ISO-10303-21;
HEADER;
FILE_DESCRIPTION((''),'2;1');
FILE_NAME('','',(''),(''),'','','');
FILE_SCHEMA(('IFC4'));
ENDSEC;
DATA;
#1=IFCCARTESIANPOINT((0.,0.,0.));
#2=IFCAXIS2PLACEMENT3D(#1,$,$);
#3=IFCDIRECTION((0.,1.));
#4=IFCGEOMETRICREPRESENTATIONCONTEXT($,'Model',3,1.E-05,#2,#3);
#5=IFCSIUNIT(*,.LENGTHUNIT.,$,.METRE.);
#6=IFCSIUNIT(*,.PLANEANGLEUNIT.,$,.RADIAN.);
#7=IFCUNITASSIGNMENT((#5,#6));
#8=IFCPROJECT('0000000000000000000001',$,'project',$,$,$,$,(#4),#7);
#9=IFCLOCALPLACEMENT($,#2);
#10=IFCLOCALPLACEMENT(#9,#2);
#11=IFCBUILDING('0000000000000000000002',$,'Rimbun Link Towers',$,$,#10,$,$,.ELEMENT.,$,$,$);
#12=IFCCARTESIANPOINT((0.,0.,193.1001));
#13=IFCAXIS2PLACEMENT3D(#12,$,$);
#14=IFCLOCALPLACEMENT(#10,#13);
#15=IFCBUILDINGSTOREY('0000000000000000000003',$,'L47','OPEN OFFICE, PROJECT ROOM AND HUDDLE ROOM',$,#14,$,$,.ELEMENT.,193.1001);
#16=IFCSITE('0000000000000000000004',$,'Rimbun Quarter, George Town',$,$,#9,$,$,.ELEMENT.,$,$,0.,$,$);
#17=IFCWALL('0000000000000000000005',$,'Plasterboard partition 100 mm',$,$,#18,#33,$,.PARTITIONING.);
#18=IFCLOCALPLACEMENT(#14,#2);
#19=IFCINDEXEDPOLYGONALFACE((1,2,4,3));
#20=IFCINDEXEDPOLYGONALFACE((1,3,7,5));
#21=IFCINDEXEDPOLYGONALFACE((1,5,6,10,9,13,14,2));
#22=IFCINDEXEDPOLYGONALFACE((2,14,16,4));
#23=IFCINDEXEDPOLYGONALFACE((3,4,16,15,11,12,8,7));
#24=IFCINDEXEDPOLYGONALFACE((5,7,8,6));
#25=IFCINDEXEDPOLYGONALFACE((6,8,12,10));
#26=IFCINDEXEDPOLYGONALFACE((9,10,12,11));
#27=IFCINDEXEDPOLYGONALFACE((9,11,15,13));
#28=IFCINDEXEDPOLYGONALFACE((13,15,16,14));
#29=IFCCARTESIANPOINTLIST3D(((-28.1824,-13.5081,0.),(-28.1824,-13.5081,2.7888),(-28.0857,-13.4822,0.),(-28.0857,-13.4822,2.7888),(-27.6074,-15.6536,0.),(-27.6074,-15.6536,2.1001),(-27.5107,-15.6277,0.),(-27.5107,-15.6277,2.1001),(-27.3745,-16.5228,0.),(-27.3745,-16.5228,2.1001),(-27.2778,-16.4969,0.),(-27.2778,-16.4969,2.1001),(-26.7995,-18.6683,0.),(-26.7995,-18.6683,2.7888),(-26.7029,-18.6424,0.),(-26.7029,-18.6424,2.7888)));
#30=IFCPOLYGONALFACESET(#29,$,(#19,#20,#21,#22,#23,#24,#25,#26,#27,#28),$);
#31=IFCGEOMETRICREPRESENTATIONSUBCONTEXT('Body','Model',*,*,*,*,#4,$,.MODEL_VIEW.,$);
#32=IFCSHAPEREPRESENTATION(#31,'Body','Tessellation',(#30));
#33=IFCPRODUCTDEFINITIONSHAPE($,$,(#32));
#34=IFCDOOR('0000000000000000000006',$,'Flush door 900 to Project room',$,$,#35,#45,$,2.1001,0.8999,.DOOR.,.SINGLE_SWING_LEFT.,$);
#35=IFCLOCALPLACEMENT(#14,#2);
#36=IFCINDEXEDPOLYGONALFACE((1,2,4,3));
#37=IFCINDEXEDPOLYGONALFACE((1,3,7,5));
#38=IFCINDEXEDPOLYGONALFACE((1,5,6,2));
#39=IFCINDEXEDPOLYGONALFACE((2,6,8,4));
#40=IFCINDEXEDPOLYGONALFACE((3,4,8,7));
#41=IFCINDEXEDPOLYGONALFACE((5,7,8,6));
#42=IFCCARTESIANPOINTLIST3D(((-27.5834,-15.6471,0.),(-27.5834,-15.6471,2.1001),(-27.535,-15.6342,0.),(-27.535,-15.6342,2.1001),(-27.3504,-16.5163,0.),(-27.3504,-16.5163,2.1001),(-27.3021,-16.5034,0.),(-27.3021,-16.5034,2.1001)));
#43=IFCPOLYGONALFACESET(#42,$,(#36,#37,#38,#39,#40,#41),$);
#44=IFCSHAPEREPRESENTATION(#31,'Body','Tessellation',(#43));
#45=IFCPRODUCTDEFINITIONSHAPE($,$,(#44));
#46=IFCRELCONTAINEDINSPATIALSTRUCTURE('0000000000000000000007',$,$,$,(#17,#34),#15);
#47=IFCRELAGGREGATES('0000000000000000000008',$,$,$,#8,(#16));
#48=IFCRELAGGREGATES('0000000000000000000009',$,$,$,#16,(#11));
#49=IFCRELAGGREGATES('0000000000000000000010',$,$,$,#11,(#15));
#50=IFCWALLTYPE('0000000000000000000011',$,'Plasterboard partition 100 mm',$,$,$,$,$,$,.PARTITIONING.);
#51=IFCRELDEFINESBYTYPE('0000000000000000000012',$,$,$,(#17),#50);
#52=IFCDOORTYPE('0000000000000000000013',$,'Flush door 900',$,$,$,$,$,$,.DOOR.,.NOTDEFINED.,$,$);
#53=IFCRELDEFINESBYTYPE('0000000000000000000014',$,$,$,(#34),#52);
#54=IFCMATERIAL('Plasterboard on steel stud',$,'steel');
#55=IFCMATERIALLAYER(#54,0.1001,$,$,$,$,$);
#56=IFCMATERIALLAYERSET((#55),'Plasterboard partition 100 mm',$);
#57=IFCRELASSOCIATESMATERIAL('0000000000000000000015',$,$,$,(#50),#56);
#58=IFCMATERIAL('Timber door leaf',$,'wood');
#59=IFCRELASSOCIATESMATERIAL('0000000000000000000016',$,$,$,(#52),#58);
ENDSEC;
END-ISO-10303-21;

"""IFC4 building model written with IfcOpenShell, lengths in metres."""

from ifc_helpers import new_model, si_unit, direction, frame, frame_2d, origin, place, context, subcontext, project, spatial, rectangle, extrude, material, layer, layer_set, type_object, element, fill, save


model = new_model("IFC4")

# Units and contexts
model_context = context("Model", 3, precision=1e-05, world=origin(), true_north=direction((0.0, 1.0)))
body_context = subcontext(model_context, "Body", "Model", "MODEL_VIEW")
ifc_project = project(units=[si_unit("LENGTHUNIT", "METRE"), si_unit("PLANEANGLEUNIT", "RADIAN")], contexts=[model_context])

# Site, building, storey
site_placement = place(None, origin())
site = spatial("IfcSite", under=ifc_project, at=site_placement, Name="Rimbun Quarter, George Town", CompositionType="ELEMENT", RefElevation=0.0)
building_placement = place(site_placement, origin())
building = spatial("IfcBuilding", under=site, at=building_placement, Name="Rimbun Link Towers", CompositionType="ELEMENT")
storey_placement = place(building_placement, frame((0.0, 0.0, 193.1001)))
storey = spatial("IfcBuildingStorey", under=building, at=storey_placement, Name="L47", Description="OPEN OFFICE, PROJECT ROOM AND HUDDLE ROOM", CompositionType="ELEMENT", Elevation=193.1001)

# Shared definitions
ifc_material_1 = material(Name="Plasterboard on steel stud", Category="steel")
ifc_layer_1 = layer(ifc_material_1, 0.1001)
ifc_layer_set_1 = layer_set([ifc_layer_1], Name="Plasterboard partition 100 mm")
wall_type = type_object("IfcWallType", Name="Plasterboard partition 100 mm", PredefinedType="PARTITIONING", material=ifc_layer_set_1)
ifc_material_2 = material(Name="Timber door leaf", Category="wood")
door_type_1 = type_object("IfcDoorType", Name="Flush door 900", OperationType="NOTDEFINED", PredefinedType="DOOR", material=ifc_material_2)

# Wall, opening, door
wall_1_placement = place(storey_placement, frame((-28.134, -13.4951, 0.0), z_axis=(0.0, 0.0, 1.0), x_axis=(0.258846, -0.965919, 0.0)))
wall_1 = element("IfcWall", 1, at=wall_1_placement, inside=storey, type_object=wall_type, Name="Plasterboard partition 100 mm", PredefinedType="PARTITIONING", context=body_context, shape_type="SweptSolid", body=[
    extrude(rectangle(XDim=5.3423, YDim=0.1001, at=frame_2d((2.6711, 0.0))), origin(), (0.0, 0.0, 1.0), 2.7888),
])
opening_1_placement = place(wall_1_placement, frame((2.2212, 0.0, 0.0)))
opening_1 = element("IfcOpeningElement", 2, at=opening_1_placement, cuts=wall_1, PredefinedType="OPENING", context=body_context, shape_type="SweptSolid", body=[
    extrude(rectangle(XDim=0.8999, YDim=2.1001, at=frame_2d((0.45, 1.05))), frame((0.0, 0.0601, 0.0), z_axis=(0.0, -1.0, 0.0), x_axis=(1.0, 0.0, 0.0)), (0.0, 0.0, 1.0), 0.1201),
])
door_1_placement = place(opening_1_placement, origin())
door_1 = element("IfcDoor", 3, at=door_1_placement, inside=storey, type_object=door_type_1, Name="Flush door 900 to Project room", OperationType="SINGLE_SWING_LEFT", OverallHeight=2.1001, OverallWidth=0.8999, PredefinedType="DOOR", context=body_context, shape_type="SweptSolid", body=[
    extrude(rectangle(XDim=0.8999, YDim=2.1001, at=frame_2d((0.45, 1.05))), frame((0.0, 0.0249, 0.0), z_axis=(0.0, -1.0, 0.0), x_axis=(1.0, 0.0, 0.0)), (0.0, 0.0, 1.0), 0.05),
])
fill(opening_1, door_1)

save(model, "model.ifc")
